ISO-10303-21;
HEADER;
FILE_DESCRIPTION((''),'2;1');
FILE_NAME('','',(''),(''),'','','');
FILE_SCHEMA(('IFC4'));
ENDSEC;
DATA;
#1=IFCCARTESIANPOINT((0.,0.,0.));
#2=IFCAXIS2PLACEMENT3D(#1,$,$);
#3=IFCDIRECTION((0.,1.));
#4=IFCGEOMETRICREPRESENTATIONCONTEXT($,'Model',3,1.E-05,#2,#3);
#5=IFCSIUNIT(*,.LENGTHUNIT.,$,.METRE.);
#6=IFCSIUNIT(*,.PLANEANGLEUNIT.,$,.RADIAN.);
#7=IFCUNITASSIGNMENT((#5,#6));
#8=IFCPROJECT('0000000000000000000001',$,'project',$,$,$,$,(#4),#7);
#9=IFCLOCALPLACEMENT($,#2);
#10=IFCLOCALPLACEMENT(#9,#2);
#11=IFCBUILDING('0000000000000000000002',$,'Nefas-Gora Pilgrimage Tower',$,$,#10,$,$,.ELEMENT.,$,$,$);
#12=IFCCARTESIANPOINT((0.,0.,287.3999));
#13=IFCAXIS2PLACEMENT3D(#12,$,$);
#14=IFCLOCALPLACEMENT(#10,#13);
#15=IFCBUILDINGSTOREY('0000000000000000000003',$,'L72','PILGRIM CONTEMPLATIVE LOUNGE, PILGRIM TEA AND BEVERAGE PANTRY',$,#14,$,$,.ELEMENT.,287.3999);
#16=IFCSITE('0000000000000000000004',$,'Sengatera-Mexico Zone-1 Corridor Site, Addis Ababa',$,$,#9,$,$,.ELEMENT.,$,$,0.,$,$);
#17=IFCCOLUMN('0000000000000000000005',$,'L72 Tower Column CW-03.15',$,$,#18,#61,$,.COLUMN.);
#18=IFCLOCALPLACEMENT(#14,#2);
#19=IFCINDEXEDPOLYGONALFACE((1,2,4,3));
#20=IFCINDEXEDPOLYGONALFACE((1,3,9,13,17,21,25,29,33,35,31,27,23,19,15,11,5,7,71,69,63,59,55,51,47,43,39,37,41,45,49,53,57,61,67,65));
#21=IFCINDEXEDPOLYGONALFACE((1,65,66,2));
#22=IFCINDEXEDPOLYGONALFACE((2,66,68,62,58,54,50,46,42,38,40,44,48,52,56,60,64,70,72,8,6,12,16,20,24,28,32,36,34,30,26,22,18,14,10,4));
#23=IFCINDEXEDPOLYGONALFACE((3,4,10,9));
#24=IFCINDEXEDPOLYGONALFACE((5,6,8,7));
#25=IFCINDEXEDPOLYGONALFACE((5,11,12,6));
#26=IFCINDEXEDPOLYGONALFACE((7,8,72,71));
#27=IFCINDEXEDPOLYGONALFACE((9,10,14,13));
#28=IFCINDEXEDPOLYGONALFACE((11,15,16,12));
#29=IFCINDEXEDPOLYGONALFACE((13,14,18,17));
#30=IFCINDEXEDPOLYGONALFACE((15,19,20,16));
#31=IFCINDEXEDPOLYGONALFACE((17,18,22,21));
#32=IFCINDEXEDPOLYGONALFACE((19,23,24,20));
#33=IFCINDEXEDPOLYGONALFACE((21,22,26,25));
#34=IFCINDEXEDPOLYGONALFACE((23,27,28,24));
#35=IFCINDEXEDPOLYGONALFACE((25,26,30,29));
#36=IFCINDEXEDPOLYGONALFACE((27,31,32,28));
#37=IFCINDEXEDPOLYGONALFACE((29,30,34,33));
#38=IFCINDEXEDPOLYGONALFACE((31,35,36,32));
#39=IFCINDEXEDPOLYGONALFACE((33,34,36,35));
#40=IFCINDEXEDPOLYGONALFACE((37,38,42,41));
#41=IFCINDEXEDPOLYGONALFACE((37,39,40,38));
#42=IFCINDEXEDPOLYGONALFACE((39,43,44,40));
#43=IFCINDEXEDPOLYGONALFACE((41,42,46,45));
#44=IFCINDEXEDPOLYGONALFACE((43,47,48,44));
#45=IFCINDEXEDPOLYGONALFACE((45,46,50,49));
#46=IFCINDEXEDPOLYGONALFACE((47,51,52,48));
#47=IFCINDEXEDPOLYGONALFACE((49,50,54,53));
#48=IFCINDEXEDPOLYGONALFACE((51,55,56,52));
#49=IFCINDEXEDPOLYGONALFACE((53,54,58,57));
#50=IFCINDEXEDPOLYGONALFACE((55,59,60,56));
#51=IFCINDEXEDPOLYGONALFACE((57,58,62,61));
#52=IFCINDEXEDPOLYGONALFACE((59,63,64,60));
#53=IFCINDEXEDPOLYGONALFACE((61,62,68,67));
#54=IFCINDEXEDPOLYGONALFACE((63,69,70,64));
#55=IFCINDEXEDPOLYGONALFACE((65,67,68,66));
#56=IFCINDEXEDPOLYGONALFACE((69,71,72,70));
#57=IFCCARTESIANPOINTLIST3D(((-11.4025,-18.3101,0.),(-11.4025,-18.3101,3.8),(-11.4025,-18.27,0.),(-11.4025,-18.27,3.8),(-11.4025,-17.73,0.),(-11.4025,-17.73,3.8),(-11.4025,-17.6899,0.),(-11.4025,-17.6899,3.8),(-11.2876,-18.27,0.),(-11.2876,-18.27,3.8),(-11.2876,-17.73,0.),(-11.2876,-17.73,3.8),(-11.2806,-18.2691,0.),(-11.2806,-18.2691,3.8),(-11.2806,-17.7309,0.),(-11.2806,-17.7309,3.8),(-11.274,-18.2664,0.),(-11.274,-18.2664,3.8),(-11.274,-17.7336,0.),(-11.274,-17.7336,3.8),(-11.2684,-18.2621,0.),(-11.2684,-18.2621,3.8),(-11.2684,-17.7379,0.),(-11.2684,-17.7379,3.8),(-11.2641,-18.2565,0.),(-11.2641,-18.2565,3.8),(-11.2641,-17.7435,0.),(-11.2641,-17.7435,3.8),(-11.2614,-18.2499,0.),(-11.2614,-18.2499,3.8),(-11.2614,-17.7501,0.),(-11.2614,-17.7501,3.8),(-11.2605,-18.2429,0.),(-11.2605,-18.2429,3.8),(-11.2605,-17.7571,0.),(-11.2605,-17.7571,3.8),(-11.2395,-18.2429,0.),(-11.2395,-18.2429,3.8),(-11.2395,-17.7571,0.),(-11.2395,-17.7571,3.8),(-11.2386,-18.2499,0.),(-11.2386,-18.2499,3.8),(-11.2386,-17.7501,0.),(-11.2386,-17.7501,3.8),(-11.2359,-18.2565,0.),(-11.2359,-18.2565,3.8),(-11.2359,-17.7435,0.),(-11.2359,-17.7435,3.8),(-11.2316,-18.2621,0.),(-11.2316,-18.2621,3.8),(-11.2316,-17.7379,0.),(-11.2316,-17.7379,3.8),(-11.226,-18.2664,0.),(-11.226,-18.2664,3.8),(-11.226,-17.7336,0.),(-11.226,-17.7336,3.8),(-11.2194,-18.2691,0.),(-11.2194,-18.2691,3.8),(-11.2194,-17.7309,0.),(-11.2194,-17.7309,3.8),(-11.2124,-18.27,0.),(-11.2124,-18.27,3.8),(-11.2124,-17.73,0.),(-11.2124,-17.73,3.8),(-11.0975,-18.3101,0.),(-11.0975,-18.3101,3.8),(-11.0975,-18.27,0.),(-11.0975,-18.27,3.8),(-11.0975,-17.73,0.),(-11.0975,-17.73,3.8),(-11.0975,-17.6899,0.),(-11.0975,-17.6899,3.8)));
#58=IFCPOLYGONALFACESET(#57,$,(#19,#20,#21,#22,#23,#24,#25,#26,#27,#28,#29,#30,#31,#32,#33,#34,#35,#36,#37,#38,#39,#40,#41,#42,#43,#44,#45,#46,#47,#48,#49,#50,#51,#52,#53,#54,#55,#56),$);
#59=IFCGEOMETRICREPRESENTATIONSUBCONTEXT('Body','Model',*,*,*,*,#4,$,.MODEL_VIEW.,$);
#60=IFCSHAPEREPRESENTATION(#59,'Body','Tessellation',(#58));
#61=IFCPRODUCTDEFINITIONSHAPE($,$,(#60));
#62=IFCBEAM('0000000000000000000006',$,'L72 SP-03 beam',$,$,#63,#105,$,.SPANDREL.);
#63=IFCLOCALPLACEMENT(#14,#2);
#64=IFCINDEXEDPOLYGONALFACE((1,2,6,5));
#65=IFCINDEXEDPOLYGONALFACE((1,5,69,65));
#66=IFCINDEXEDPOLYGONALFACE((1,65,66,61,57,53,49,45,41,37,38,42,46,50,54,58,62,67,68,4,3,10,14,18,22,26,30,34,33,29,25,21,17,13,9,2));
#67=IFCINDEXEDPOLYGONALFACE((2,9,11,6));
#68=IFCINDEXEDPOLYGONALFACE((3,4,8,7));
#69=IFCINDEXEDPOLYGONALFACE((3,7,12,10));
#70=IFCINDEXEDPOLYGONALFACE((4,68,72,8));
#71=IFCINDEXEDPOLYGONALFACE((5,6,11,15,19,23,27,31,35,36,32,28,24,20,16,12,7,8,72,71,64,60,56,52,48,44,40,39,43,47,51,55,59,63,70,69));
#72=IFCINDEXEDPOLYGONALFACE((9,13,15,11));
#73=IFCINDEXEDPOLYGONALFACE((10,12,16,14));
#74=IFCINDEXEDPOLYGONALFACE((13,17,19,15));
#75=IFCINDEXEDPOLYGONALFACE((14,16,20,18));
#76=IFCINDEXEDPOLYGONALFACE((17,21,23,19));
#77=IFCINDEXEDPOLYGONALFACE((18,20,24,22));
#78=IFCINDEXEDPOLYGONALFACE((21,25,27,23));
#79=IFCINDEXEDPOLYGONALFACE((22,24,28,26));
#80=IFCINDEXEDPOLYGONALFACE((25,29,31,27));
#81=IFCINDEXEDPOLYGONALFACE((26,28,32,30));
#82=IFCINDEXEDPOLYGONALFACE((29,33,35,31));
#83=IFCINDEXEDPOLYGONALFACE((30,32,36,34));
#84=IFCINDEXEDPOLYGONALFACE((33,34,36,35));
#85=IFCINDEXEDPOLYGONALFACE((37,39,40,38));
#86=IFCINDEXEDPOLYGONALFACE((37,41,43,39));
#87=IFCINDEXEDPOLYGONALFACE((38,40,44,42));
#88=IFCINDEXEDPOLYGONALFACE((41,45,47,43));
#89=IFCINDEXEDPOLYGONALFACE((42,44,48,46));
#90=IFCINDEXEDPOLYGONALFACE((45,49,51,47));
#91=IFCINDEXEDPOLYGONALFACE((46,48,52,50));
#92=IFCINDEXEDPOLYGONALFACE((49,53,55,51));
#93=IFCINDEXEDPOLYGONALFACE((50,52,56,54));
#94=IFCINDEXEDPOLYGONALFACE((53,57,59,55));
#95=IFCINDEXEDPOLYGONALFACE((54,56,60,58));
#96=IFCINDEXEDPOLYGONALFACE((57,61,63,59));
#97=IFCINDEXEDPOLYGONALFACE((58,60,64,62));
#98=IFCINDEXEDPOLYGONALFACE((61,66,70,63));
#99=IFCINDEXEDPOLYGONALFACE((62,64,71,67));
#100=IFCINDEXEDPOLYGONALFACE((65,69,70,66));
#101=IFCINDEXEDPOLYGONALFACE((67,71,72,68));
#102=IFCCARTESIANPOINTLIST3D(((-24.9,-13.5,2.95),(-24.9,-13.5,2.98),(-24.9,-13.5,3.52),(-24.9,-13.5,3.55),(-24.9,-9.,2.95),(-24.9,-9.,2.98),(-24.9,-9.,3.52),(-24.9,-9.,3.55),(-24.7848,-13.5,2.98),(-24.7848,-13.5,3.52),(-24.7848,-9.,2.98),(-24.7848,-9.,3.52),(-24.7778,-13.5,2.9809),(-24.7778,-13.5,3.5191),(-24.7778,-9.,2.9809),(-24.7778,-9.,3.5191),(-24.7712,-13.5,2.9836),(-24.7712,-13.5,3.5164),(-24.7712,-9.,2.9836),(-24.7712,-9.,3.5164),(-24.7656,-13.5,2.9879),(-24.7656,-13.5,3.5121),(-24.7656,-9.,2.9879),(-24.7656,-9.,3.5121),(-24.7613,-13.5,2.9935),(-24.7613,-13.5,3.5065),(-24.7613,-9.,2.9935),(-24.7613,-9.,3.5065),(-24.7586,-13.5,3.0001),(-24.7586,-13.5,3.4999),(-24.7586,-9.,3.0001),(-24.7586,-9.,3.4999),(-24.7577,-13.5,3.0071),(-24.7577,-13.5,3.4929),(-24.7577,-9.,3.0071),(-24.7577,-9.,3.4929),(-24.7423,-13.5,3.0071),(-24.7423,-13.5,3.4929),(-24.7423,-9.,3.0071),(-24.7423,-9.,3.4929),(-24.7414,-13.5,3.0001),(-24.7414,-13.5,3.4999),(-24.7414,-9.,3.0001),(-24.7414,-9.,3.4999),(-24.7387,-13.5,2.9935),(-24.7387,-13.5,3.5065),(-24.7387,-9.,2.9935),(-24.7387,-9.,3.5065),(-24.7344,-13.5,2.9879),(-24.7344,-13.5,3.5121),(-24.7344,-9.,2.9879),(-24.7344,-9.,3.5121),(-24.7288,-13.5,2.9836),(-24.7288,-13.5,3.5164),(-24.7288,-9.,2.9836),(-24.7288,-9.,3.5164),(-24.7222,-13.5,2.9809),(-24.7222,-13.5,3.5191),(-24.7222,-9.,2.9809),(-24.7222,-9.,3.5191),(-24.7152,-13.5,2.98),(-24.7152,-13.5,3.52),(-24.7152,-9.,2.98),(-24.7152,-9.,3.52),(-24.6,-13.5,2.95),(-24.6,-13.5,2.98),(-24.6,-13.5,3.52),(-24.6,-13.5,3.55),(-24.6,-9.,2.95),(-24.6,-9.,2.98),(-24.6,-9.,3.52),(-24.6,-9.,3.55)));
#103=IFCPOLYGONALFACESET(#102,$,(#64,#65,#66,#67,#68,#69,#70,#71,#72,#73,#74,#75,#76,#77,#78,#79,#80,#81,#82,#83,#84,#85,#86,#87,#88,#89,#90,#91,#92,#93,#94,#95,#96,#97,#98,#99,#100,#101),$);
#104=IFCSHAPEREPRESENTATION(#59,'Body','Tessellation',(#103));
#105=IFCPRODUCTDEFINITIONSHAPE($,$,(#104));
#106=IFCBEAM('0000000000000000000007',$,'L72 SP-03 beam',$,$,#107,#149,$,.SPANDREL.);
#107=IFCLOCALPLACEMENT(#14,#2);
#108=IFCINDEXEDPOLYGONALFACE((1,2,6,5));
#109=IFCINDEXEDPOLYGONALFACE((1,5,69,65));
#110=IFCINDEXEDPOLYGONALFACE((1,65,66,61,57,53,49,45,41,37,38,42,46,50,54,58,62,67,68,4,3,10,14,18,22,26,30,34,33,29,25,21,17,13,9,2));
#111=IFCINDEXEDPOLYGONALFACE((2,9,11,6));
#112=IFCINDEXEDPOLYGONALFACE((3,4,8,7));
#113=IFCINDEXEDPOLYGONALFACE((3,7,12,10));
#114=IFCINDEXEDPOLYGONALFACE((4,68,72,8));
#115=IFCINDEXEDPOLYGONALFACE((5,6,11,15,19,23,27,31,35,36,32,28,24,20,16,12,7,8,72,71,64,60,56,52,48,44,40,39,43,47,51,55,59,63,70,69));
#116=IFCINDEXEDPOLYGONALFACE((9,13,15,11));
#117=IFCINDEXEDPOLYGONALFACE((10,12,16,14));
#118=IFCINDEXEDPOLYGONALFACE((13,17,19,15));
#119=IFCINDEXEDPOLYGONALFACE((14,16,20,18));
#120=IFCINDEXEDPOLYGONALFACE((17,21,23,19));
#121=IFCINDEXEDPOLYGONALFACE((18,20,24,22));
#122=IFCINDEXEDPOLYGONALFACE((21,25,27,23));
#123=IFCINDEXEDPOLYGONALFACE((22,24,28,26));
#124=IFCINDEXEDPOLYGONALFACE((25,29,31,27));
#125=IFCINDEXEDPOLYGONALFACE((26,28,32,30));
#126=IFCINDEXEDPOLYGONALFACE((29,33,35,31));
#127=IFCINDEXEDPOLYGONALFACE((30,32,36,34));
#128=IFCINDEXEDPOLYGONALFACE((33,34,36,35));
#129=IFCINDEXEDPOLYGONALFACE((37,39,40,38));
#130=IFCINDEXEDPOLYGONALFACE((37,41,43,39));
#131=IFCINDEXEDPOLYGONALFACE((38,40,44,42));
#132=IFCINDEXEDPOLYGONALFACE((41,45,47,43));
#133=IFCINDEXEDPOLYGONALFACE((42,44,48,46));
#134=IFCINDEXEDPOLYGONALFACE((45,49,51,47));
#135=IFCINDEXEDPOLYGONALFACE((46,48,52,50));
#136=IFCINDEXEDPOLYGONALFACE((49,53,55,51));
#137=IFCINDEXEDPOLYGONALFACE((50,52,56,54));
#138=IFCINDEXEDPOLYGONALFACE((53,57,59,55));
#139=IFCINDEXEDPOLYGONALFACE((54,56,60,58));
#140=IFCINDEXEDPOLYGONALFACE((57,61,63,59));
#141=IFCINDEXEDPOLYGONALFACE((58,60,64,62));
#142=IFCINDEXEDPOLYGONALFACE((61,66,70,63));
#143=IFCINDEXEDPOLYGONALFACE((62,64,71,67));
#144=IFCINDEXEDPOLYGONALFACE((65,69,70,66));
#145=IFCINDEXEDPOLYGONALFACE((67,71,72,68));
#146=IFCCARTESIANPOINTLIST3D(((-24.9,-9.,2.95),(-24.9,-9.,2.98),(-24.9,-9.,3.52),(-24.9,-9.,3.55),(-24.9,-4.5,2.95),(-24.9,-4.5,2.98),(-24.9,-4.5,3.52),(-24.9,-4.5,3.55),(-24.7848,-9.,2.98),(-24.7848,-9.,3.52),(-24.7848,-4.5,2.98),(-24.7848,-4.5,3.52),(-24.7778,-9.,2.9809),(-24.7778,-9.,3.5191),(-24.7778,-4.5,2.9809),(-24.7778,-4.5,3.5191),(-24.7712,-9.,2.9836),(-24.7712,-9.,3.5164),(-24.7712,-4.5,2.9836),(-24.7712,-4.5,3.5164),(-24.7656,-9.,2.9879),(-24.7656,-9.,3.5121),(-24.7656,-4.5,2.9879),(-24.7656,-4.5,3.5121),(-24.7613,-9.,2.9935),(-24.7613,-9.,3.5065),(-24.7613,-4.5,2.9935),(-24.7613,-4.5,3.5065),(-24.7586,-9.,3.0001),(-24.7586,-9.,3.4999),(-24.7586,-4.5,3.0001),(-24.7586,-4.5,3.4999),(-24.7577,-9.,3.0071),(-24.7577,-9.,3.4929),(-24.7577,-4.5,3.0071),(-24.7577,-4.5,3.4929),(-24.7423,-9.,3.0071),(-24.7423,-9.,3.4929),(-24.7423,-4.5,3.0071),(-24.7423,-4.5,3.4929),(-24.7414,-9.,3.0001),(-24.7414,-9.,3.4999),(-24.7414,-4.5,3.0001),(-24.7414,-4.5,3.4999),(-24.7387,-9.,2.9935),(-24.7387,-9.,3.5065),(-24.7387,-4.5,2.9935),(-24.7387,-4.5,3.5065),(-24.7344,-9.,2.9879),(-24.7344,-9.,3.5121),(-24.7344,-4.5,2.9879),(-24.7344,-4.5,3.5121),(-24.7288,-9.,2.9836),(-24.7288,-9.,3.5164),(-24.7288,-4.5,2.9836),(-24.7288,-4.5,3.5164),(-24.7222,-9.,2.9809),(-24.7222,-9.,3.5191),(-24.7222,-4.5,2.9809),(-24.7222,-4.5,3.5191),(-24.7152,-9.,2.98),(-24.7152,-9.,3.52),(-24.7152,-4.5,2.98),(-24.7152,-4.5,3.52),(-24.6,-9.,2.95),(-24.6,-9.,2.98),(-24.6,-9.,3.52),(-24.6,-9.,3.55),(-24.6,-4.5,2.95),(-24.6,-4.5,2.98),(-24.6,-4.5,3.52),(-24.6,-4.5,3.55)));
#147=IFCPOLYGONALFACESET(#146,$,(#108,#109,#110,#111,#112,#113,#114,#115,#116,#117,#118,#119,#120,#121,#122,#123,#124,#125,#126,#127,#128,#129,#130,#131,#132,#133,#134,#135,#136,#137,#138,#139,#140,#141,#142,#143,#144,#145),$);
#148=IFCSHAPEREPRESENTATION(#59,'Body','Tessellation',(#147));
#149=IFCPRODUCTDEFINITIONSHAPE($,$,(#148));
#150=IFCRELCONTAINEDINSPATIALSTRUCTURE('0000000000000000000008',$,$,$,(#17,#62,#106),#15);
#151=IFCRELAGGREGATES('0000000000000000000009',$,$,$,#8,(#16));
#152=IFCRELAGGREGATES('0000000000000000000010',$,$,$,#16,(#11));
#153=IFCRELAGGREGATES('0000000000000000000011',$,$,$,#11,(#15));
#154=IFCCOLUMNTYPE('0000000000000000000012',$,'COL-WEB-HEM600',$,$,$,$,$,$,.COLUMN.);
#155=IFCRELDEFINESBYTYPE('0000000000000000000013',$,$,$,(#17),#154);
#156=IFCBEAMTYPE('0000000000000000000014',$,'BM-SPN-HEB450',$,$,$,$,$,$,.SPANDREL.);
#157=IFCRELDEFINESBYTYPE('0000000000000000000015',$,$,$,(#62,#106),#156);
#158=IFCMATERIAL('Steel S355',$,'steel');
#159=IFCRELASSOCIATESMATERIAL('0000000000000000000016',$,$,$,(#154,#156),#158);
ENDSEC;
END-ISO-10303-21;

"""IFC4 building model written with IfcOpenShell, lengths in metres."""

from ifc_helpers import new_model, si_unit, direction, frame, origin, origin_2d, place, context, subcontext, project, spatial, i_section, extrude, source, transform, mapped, material, material_profile, profile_set, type_object, element, save


model = new_model("IFC4")

# Units and contexts
model_context = context("Model", 3, precision=1e-05, world=origin(), true_north=direction((0.0, 1.0)))
body_context = subcontext(model_context, "Body", "Model", "MODEL_VIEW")
ifc_project = project(units=[si_unit("LENGTHUNIT", "METRE"), si_unit("PLANEANGLEUNIT", "RADIAN")], contexts=[model_context])

# Site, building, storey
site_placement = place(None, origin())
site = spatial("IfcSite", under=ifc_project, at=site_placement, Name="Sengatera-Mexico Zone-1 Corridor Site, Addis Ababa", CompositionType="ELEMENT", RefElevation=0.0)
building_placement = place(site_placement, origin())
building = spatial("IfcBuilding", under=site, at=building_placement, Name="Nefas-Gora Pilgrimage Tower", CompositionType="ELEMENT")
storey_placement = place(building_placement, frame((0.0, 0.0, 287.3999)))
storey = spatial("IfcBuildingStorey", under=building, at=storey_placement, Name="L72", Description="PILGRIM CONTEMPLATIVE LOUNGE, PILGRIM TEA AND BEVERAGE PANTRY", CompositionType="ELEMENT", Elevation=287.3999)

# Column
ifc_material_1 = material(Name="Steel S355", Category="steel")
ifc_material_profile_1 = material_profile(ifc_material_1, i_section(OverallWidth=0.3049, OverallDepth=0.6201, WebThickness=0.021, FlangeThickness=0.04, FilletRadius=0.0271, at=origin_2d()), Name="HEM 600")
ifc_profile_set_1 = profile_set([ifc_material_profile_1], Name="Steel S355")
column_type_1 = type_object("IfcColumnType", Name="COL-WEB-HEM600", PredefinedType="COLUMN", material=ifc_profile_set_1)
shared_shape_1 = source(origin(), body_context, "Body", "SweptSolid", [
    extrude(i_section(OverallWidth=0.3049, OverallDepth=0.6201, WebThickness=0.021, FlangeThickness=0.04, FilletRadius=0.0271, at=origin_2d()), origin(), (0.0, 0.0, 1.0), 3.8),
])
for number, where, z_axis, x_axis, name in (
    (1, (-11.25, -18.0, 0.0), (0.0, 0.0, 1.0), (1.0, 0.0, 0.0), "L72 Tower Column CW-03.15"),
):
    element("IfcColumn", number, at=place(storey_placement, frame(where, z_axis=z_axis, x_axis=x_axis)), inside=storey, type_object=column_type_1, Name=name, PredefinedType="COLUMN", context=body_context, shape_type="MappedRepresentation", body=[
        mapped(shared_shape_1, transform((0.0, 0.0, 0.0), x_axis=(1.0, 0.0, 0.0), y_axis=(0.0, 1.0, 0.0), z_axis=(0.0, 0.0, 1.0), scale=1.0)),
    ])

# Beams
ifc_material_profile_2 = material_profile(ifc_material_1, i_section(OverallWidth=0.3, OverallDepth=0.6001, WebThickness=0.0154, FlangeThickness=0.03, FilletRadius=0.0271, at=origin_2d()), Name="HEB 600")
ifc_profile_set_2 = profile_set([ifc_material_profile_2], Name="Steel S355")
beam_type_1 = type_object("IfcBeamType", Name="BM-SPN-HEB450", PredefinedType="SPANDREL", material=ifc_profile_set_2)
shared_shape_2 = source(origin(), body_context, "Body", "SweptSolid", [
    extrude(i_section(OverallWidth=0.3, OverallDepth=0.6001, WebThickness=0.0154, FlangeThickness=0.03, FilletRadius=0.0271, at=origin_2d()), origin(), (0.0, 0.0, 1.0), 4.5),
])
for number, where, z_axis, x_axis, name in (
    (2, (-24.75, -13.5, 3.25), (0.0, 1.0, 0.0), (-1.0, 0.0, 0.0), "L72 SP-03 beam"),
    (3, (-24.75, -9.0, 3.25), (0.0, 1.0, 0.0), (-1.0, 0.0, 0.0), "L72 SP-03 beam"),
):
    element("IfcBeam", number, at=place(storey_placement, frame(where, z_axis=z_axis, x_axis=x_axis)), inside=storey, type_object=beam_type_1, Name=name, PredefinedType="SPANDREL", context=body_context, shape_type="MappedRepresentation", body=[
        mapped(shared_shape_2, transform((0.0, 0.0, 0.0), x_axis=(1.0, 0.0, 0.0), y_axis=(0.0, 1.0, 0.0), z_axis=(0.0, 0.0, 1.0), scale=1.0)),
    ])

save(model, "model.ifc")
